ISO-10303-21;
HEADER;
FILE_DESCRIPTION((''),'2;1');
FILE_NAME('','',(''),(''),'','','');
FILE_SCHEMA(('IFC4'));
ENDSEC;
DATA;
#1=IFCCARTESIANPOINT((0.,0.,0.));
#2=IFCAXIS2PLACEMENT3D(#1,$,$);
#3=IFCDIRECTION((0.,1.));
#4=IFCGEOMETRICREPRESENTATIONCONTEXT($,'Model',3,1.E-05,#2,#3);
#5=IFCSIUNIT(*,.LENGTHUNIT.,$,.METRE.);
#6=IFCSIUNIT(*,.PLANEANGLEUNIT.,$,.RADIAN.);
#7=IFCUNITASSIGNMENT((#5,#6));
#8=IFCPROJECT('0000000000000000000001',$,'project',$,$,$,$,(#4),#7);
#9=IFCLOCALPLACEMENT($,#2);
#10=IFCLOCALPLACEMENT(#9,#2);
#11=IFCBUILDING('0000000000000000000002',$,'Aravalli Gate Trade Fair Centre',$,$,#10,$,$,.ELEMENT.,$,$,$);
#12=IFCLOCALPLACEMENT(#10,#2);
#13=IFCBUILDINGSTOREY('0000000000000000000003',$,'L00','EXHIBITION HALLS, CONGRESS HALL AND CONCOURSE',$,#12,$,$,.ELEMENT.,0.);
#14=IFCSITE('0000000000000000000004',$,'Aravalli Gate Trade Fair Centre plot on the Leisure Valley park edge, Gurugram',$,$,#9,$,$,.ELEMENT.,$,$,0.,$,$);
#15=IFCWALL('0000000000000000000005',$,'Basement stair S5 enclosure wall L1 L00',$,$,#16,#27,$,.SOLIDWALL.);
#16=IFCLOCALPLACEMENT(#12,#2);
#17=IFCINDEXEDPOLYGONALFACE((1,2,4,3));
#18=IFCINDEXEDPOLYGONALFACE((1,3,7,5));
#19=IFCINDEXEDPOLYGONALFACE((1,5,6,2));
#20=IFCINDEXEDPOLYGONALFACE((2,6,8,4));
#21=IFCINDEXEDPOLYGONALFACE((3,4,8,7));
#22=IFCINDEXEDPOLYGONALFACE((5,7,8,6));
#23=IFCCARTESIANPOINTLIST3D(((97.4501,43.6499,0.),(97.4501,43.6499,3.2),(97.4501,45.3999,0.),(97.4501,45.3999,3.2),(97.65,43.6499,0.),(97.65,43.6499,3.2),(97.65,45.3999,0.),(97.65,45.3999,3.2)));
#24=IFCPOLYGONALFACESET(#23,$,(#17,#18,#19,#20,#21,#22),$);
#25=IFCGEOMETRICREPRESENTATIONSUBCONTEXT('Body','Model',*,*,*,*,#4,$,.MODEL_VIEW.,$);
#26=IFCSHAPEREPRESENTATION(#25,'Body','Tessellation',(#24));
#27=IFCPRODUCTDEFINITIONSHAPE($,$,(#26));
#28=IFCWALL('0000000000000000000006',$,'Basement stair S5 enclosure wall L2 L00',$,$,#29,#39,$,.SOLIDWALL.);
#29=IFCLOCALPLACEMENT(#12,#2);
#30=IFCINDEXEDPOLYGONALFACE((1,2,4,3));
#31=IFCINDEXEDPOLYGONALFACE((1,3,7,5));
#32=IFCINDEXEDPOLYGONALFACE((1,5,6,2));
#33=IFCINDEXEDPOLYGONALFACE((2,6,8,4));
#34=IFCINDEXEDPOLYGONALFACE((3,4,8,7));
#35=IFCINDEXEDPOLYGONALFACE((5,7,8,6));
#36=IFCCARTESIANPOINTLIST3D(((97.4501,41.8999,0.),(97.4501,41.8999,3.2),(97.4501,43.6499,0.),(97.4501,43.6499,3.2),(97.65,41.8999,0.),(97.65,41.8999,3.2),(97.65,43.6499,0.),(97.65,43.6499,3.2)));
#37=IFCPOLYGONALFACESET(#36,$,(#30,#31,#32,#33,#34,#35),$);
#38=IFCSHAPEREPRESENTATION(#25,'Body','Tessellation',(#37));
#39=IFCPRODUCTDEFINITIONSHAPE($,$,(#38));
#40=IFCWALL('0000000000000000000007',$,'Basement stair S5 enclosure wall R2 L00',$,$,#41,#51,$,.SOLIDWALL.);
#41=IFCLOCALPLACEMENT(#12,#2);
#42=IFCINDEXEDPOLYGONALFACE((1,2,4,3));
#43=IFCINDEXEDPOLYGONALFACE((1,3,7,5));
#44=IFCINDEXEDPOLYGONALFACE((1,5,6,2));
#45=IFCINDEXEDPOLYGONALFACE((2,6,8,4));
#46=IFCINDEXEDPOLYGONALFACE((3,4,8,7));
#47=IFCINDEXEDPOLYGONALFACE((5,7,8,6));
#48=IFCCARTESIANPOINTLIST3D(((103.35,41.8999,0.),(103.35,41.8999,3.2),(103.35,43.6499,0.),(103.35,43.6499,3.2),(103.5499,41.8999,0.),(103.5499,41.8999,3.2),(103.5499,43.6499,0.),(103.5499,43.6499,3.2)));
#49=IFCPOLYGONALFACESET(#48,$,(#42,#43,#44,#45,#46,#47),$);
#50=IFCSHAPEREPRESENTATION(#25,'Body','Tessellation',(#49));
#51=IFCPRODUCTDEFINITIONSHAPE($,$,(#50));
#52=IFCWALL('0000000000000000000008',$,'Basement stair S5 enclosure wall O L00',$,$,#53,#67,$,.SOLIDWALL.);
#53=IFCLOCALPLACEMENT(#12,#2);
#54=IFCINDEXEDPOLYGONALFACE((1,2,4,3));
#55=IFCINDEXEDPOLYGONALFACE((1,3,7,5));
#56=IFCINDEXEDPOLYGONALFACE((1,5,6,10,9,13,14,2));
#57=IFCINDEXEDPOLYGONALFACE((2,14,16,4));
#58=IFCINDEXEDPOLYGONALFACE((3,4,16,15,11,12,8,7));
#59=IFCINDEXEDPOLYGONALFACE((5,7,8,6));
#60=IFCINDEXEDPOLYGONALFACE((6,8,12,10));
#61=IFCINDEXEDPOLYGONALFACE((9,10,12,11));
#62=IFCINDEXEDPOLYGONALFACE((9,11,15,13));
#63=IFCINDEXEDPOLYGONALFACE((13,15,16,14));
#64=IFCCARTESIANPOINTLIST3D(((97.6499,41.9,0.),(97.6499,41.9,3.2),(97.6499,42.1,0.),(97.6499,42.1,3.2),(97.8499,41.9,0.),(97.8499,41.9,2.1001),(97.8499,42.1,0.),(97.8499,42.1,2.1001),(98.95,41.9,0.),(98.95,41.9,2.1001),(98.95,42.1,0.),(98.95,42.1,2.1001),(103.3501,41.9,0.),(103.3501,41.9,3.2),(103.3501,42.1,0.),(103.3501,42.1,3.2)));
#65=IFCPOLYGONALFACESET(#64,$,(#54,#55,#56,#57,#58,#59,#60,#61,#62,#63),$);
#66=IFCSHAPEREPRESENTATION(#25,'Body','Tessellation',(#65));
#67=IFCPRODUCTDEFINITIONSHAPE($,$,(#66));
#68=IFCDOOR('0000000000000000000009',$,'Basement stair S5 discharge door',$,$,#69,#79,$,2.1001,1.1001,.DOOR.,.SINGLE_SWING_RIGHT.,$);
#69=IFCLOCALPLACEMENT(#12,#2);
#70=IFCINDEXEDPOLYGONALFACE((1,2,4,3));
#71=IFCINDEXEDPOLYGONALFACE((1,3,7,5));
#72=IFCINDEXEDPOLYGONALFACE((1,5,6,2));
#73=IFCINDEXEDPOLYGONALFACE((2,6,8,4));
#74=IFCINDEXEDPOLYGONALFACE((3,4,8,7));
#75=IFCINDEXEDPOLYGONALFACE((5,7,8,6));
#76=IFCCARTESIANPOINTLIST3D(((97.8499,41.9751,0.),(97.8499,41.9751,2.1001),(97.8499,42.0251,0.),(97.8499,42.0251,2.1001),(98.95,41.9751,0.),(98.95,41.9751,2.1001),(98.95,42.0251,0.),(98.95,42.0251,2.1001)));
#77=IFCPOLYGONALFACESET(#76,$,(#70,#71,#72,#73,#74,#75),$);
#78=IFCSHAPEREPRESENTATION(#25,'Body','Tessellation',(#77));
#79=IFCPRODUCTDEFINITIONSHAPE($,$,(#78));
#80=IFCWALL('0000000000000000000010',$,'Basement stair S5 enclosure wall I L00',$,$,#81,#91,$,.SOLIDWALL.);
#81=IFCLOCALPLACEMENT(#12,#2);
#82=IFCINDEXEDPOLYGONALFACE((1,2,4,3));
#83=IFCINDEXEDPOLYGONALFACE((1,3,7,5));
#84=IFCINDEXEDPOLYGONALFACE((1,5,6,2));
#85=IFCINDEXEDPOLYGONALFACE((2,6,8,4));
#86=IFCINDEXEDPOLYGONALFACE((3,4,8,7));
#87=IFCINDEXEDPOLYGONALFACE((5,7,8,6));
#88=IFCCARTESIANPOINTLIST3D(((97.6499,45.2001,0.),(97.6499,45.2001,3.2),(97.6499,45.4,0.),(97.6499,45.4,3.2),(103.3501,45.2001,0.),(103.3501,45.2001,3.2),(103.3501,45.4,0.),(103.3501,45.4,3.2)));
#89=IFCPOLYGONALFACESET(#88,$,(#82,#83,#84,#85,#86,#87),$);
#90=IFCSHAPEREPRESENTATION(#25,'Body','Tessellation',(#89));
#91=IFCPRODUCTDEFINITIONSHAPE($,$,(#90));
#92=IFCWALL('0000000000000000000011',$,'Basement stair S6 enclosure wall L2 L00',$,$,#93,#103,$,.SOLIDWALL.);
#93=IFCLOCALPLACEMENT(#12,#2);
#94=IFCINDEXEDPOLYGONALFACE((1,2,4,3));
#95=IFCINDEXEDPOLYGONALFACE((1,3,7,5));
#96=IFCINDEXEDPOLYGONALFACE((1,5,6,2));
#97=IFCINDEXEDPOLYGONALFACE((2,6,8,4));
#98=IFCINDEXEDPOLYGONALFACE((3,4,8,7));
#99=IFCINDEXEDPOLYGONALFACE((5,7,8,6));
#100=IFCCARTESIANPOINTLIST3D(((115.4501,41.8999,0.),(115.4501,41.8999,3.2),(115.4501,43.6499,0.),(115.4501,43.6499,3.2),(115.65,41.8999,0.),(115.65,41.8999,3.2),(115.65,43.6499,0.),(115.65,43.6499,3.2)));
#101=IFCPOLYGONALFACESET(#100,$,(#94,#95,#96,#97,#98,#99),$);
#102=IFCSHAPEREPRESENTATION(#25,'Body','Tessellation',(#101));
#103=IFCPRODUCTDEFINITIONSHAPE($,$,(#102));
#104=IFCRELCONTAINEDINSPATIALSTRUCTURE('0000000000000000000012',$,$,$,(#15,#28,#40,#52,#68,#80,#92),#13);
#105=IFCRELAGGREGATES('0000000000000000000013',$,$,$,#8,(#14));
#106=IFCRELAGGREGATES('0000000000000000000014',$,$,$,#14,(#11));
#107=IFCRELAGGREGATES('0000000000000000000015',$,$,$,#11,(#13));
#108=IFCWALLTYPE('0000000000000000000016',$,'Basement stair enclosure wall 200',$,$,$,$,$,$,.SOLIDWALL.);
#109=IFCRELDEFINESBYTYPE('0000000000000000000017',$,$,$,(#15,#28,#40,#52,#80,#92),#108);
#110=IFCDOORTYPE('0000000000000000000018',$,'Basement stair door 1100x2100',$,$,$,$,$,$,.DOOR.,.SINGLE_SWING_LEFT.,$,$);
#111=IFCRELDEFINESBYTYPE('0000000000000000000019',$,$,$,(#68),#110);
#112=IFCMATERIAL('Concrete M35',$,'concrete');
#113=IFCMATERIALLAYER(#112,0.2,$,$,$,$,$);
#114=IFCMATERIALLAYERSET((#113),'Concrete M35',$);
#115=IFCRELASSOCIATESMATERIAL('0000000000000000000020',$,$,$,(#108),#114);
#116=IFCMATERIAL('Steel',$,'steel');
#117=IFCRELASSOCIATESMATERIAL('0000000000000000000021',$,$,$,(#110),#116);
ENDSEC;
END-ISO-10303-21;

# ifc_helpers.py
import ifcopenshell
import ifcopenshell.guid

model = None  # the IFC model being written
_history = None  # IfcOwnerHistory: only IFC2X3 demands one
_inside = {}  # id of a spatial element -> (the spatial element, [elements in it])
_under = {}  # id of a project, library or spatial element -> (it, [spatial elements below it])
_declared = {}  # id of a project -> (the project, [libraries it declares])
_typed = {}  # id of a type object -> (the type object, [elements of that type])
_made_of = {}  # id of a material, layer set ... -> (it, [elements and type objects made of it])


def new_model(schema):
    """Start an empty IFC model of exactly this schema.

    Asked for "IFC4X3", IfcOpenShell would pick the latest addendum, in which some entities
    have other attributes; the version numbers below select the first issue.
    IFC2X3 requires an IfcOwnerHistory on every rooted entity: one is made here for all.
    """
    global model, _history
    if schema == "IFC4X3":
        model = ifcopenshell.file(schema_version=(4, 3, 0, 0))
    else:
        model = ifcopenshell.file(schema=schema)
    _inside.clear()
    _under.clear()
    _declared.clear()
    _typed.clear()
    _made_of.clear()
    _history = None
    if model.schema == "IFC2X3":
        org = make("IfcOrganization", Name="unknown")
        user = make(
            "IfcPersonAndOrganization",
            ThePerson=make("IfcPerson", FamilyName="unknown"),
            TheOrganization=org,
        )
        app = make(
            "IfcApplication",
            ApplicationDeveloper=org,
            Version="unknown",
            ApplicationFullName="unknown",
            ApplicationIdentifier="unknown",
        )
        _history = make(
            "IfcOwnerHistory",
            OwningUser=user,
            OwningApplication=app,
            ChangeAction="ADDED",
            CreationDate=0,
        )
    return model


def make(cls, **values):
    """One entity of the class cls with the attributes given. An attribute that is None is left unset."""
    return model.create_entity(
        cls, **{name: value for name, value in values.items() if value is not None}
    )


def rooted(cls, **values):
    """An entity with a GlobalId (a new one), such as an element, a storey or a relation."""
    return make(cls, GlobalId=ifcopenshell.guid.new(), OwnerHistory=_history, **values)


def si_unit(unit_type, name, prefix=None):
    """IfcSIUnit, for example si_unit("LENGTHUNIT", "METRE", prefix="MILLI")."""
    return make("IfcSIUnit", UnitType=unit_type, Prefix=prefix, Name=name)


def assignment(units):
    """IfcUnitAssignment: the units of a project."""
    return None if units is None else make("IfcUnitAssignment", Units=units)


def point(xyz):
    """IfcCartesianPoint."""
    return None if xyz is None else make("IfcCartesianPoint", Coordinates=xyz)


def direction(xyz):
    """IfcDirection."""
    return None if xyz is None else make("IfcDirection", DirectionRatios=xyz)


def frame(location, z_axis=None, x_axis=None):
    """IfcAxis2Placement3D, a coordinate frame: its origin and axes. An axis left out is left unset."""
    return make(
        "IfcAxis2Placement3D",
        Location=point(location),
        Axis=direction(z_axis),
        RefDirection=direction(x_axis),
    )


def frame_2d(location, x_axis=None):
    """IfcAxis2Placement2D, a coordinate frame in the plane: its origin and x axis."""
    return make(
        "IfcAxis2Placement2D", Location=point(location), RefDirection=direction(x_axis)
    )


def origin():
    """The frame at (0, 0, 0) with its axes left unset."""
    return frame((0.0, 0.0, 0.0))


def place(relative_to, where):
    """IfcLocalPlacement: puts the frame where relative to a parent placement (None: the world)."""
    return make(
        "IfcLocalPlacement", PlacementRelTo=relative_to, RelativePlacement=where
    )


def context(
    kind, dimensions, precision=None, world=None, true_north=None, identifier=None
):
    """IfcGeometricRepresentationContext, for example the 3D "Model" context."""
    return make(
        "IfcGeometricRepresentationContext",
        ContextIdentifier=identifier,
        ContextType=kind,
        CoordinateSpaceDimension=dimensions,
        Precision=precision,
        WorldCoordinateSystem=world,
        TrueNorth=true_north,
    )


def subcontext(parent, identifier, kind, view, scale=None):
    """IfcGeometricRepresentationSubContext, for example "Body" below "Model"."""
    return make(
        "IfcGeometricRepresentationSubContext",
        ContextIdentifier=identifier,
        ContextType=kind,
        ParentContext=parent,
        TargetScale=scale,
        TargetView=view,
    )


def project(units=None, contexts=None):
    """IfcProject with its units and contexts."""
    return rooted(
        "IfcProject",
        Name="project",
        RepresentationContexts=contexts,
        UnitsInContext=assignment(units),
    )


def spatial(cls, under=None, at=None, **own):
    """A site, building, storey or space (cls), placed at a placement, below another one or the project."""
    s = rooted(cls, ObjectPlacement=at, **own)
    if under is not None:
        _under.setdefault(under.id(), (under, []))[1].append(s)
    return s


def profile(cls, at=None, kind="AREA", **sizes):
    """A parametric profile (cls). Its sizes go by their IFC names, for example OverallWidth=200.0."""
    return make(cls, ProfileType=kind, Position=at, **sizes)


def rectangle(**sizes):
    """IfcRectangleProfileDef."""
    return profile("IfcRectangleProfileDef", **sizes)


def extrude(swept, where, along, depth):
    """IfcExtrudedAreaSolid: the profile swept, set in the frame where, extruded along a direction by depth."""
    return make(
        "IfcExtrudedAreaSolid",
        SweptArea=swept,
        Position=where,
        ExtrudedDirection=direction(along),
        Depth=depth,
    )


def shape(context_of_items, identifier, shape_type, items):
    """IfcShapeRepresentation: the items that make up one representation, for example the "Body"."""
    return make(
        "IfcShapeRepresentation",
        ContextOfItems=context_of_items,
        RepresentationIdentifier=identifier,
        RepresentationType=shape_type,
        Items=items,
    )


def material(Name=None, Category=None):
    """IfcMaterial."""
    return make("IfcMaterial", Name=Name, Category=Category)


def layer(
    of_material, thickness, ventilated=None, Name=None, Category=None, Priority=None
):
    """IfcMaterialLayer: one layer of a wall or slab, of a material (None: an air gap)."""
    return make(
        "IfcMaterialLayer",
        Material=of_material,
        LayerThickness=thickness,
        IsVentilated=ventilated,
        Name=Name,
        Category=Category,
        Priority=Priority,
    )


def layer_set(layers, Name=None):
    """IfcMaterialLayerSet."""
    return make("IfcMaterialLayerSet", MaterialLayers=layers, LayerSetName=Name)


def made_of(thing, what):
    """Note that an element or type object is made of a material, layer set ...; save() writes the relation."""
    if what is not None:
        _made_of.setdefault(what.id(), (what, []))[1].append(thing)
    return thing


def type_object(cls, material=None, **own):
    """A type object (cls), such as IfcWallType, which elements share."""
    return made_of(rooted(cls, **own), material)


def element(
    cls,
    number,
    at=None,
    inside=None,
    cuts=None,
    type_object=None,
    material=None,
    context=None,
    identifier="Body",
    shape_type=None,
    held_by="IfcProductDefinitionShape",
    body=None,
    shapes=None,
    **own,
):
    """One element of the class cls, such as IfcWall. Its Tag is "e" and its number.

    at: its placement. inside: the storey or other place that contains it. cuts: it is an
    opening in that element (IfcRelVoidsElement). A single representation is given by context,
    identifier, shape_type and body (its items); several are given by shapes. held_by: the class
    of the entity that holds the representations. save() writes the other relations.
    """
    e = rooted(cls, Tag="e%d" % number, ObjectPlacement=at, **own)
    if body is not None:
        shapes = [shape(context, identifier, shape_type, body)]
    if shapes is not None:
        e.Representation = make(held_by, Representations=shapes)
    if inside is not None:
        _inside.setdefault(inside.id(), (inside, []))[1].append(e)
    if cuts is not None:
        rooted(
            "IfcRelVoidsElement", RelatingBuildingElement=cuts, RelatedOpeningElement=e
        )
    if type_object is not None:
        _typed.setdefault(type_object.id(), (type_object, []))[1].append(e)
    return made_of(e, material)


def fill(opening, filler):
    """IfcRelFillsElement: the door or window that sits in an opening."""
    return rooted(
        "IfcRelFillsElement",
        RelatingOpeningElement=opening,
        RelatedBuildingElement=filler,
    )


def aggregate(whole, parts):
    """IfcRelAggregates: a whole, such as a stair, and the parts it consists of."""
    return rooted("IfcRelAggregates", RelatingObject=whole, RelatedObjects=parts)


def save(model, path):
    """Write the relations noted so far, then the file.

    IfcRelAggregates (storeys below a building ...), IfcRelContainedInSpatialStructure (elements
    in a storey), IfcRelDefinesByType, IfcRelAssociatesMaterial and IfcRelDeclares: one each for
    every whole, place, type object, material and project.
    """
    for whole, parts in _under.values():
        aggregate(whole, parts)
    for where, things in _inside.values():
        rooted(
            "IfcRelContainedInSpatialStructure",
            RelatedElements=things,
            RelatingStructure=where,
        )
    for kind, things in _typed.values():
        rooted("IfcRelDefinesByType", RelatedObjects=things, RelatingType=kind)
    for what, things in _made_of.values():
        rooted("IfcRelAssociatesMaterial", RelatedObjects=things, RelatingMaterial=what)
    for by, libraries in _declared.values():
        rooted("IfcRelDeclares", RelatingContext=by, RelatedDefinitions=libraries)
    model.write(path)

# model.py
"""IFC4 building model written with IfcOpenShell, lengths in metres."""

from ifc_helpers import new_model, si_unit, direction, frame, frame_2d, origin, place, context, subcontext, project, spatial, rectangle, extrude, material, layer, layer_set, type_object, element, fill, save


model = new_model("IFC4")

# Units and contexts
model_context = context("Model", 3, precision=1e-05, world=origin(), true_north=direction((0.0, 1.0)))
body_context = subcontext(model_context, "Body", "Model", "MODEL_VIEW")
ifc_project = project(units=[si_unit("LENGTHUNIT", "METRE"), si_unit("PLANEANGLEUNIT", "RADIAN")], contexts=[model_context])

# Site, building, storey
site_placement = place(None, origin())
site = spatial("IfcSite", under=ifc_project, at=site_placement, Name="Aravalli Gate Trade Fair Centre plot on the Leisure Valley park edge, Gurugram", CompositionType="ELEMENT", RefElevation=0.0)
building_placement = place(site_placement, origin())
building = spatial("IfcBuilding", under=site, at=building_placement, Name="Aravalli Gate Trade Fair Centre", CompositionType="ELEMENT")
storey_placement = place(building_placement, origin())
storey = spatial("IfcBuildingStorey", under=building, at=storey_placement, Name="L00", Description="EXHIBITION HALLS, CONGRESS HALL AND CONCOURSE", CompositionType="ELEMENT", Elevation=0.0)

# Shared definitions
ifc_material_1 = material(Name="Concrete M35", Category="concrete")
ifc_layer = layer(ifc_material_1, 0.2)
ifc_layer_set = layer_set([ifc_layer], Name="Concrete M35")
wall_type = type_object("IfcWallType", Name="Basement stair enclosure wall 200", PredefinedType="SOLIDWALL", material=ifc_layer_set)

# Shared definitions
ifc_material_2 = material(Name="Steel", Category="steel")
door_type = type_object("IfcDoorType", Name="Basement stair door 1100x2100", OperationType="SINGLE_SWING_LEFT", PredefinedType="DOOR", material=ifc_material_2)

# Walls
for number, where, z_axis, x_axis, name in (
    (1, (97.55, 45.3999, 0.0), (0.0, 0.0, 1.0), (0.0, -1.0, 0.0), "Basement stair S5 enclosure wall L1 L00"),
    (2, (97.55, 43.6499, 0.0), (0.0, 0.0, 1.0), (0.0, -1.0, 0.0), "Basement stair S5 enclosure wall L2 L00"),
    (3, (103.45, 43.6499, 0.0), (0.0, 0.0, 1.0), (0.0, -1.0, 0.0), "Basement stair S5 enclosure wall R2 L00"),
):
    element("IfcWall", number, at=place(storey_placement, frame(where, z_axis=z_axis, x_axis=x_axis)), inside=storey, type_object=wall_type, Name=name, PredefinedType="SOLIDWALL", context=body_context, shape_type="SweptSolid", body=[
        extrude(rectangle(XDim=1.75, YDim=0.2, at=frame_2d((0.875, 0.0))), origin(), (0.0, 0.0, 1.0), 3.2),
    ])

# Wall, opening, door
wall_1_placement = place(storey_placement, frame((97.6499, 42.0, 0.0), z_axis=(0.0, 0.0, 1.0), x_axis=(1.0, 0.0, 0.0)))
wall_1 = element("IfcWall", 4, at=wall_1_placement, inside=storey, type_object=wall_type, Name="Basement stair S5 enclosure wall O L00", PredefinedType="SOLIDWALL", context=body_context, shape_type="SweptSolid", body=[
    extrude(rectangle(XDim=5.7002, YDim=0.2, at=frame_2d((2.8501, 0.0))), origin(), (0.0, 0.0, 1.0), 3.2),
])
opening_1_placement = place(wall_1_placement, frame((0.2, 0.0, 0.0)))
opening_1 = element("IfcOpeningElement", 5, at=opening_1_placement, cuts=wall_1, PredefinedType="OPENING", context=body_context, shape_type="SweptSolid", body=[
    extrude(rectangle(XDim=1.1001, YDim=2.1001, at=frame_2d((0.55, 1.05))), frame((0.0, 0.1099, 0.0), z_axis=(0.0, -1.0, 0.0), x_axis=(1.0, 0.0, 0.0)), (0.0, 0.0, 1.0), 0.22),
])
door_1_placement = place(opening_1_placement, frame((1.1001, 0.0, 0.0), z_axis=(0.0, 0.0, 1.0), x_axis=(-1.0, 0.0, 0.0)))
door_1 = element("IfcDoor", 6, at=door_1_placement, inside=storey, type_object=door_type, Name="Basement stair S5 discharge door", OperationType="SINGLE_SWING_RIGHT", OverallHeight=2.1001, OverallWidth=1.1001, PredefinedType="DOOR", context=body_context, shape_type="SweptSolid", body=[
    extrude(rectangle(XDim=1.1001, YDim=2.1001, at=frame_2d((0.55, 1.05))), frame((0.0, 0.0249, 0.0), z_axis=(0.0, -1.0, 0.0), x_axis=(1.0, 0.0, 0.0)), (0.0, 0.0, 1.0), 0.05),
])
fill(opening_1, door_1)

# Walls
wall_2_placement = place(storey_placement, frame((97.6499, 45.3, 0.0), z_axis=(0.0, 0.0, 1.0), x_axis=(1.0, 0.0, 0.0)))
element("IfcWall", 7, at=wall_2_placement, inside=storey, type_object=wall_type, Name="Basement stair S5 enclosure wall I L00", PredefinedType="SOLIDWALL", context=body_context, shape_type="SweptSolid", body=[
    extrude(rectangle(XDim=5.7002, YDim=0.2, at=frame_2d((2.8501, 0.0))), origin(), (0.0, 0.0, 1.0), 3.2),
])
wall_3_placement = place(storey_placement, frame((115.55, 43.6499, 0.0), z_axis=(0.0, 0.0, 1.0), x_axis=(0.0, -1.0, 0.0)))
element("IfcWall", 8, at=wall_3_placement, inside=storey, type_object=wall_type, Name="Basement stair S6 enclosure wall L2 L00", PredefinedType="SOLIDWALL", context=body_context, shape_type="SweptSolid", body=[
    extrude(rectangle(XDim=1.75, YDim=0.2, at=frame_2d((0.875, 0.0))), origin(), (0.0, 0.0, 1.0), 3.2),
])

save(model, "model.ifc")
